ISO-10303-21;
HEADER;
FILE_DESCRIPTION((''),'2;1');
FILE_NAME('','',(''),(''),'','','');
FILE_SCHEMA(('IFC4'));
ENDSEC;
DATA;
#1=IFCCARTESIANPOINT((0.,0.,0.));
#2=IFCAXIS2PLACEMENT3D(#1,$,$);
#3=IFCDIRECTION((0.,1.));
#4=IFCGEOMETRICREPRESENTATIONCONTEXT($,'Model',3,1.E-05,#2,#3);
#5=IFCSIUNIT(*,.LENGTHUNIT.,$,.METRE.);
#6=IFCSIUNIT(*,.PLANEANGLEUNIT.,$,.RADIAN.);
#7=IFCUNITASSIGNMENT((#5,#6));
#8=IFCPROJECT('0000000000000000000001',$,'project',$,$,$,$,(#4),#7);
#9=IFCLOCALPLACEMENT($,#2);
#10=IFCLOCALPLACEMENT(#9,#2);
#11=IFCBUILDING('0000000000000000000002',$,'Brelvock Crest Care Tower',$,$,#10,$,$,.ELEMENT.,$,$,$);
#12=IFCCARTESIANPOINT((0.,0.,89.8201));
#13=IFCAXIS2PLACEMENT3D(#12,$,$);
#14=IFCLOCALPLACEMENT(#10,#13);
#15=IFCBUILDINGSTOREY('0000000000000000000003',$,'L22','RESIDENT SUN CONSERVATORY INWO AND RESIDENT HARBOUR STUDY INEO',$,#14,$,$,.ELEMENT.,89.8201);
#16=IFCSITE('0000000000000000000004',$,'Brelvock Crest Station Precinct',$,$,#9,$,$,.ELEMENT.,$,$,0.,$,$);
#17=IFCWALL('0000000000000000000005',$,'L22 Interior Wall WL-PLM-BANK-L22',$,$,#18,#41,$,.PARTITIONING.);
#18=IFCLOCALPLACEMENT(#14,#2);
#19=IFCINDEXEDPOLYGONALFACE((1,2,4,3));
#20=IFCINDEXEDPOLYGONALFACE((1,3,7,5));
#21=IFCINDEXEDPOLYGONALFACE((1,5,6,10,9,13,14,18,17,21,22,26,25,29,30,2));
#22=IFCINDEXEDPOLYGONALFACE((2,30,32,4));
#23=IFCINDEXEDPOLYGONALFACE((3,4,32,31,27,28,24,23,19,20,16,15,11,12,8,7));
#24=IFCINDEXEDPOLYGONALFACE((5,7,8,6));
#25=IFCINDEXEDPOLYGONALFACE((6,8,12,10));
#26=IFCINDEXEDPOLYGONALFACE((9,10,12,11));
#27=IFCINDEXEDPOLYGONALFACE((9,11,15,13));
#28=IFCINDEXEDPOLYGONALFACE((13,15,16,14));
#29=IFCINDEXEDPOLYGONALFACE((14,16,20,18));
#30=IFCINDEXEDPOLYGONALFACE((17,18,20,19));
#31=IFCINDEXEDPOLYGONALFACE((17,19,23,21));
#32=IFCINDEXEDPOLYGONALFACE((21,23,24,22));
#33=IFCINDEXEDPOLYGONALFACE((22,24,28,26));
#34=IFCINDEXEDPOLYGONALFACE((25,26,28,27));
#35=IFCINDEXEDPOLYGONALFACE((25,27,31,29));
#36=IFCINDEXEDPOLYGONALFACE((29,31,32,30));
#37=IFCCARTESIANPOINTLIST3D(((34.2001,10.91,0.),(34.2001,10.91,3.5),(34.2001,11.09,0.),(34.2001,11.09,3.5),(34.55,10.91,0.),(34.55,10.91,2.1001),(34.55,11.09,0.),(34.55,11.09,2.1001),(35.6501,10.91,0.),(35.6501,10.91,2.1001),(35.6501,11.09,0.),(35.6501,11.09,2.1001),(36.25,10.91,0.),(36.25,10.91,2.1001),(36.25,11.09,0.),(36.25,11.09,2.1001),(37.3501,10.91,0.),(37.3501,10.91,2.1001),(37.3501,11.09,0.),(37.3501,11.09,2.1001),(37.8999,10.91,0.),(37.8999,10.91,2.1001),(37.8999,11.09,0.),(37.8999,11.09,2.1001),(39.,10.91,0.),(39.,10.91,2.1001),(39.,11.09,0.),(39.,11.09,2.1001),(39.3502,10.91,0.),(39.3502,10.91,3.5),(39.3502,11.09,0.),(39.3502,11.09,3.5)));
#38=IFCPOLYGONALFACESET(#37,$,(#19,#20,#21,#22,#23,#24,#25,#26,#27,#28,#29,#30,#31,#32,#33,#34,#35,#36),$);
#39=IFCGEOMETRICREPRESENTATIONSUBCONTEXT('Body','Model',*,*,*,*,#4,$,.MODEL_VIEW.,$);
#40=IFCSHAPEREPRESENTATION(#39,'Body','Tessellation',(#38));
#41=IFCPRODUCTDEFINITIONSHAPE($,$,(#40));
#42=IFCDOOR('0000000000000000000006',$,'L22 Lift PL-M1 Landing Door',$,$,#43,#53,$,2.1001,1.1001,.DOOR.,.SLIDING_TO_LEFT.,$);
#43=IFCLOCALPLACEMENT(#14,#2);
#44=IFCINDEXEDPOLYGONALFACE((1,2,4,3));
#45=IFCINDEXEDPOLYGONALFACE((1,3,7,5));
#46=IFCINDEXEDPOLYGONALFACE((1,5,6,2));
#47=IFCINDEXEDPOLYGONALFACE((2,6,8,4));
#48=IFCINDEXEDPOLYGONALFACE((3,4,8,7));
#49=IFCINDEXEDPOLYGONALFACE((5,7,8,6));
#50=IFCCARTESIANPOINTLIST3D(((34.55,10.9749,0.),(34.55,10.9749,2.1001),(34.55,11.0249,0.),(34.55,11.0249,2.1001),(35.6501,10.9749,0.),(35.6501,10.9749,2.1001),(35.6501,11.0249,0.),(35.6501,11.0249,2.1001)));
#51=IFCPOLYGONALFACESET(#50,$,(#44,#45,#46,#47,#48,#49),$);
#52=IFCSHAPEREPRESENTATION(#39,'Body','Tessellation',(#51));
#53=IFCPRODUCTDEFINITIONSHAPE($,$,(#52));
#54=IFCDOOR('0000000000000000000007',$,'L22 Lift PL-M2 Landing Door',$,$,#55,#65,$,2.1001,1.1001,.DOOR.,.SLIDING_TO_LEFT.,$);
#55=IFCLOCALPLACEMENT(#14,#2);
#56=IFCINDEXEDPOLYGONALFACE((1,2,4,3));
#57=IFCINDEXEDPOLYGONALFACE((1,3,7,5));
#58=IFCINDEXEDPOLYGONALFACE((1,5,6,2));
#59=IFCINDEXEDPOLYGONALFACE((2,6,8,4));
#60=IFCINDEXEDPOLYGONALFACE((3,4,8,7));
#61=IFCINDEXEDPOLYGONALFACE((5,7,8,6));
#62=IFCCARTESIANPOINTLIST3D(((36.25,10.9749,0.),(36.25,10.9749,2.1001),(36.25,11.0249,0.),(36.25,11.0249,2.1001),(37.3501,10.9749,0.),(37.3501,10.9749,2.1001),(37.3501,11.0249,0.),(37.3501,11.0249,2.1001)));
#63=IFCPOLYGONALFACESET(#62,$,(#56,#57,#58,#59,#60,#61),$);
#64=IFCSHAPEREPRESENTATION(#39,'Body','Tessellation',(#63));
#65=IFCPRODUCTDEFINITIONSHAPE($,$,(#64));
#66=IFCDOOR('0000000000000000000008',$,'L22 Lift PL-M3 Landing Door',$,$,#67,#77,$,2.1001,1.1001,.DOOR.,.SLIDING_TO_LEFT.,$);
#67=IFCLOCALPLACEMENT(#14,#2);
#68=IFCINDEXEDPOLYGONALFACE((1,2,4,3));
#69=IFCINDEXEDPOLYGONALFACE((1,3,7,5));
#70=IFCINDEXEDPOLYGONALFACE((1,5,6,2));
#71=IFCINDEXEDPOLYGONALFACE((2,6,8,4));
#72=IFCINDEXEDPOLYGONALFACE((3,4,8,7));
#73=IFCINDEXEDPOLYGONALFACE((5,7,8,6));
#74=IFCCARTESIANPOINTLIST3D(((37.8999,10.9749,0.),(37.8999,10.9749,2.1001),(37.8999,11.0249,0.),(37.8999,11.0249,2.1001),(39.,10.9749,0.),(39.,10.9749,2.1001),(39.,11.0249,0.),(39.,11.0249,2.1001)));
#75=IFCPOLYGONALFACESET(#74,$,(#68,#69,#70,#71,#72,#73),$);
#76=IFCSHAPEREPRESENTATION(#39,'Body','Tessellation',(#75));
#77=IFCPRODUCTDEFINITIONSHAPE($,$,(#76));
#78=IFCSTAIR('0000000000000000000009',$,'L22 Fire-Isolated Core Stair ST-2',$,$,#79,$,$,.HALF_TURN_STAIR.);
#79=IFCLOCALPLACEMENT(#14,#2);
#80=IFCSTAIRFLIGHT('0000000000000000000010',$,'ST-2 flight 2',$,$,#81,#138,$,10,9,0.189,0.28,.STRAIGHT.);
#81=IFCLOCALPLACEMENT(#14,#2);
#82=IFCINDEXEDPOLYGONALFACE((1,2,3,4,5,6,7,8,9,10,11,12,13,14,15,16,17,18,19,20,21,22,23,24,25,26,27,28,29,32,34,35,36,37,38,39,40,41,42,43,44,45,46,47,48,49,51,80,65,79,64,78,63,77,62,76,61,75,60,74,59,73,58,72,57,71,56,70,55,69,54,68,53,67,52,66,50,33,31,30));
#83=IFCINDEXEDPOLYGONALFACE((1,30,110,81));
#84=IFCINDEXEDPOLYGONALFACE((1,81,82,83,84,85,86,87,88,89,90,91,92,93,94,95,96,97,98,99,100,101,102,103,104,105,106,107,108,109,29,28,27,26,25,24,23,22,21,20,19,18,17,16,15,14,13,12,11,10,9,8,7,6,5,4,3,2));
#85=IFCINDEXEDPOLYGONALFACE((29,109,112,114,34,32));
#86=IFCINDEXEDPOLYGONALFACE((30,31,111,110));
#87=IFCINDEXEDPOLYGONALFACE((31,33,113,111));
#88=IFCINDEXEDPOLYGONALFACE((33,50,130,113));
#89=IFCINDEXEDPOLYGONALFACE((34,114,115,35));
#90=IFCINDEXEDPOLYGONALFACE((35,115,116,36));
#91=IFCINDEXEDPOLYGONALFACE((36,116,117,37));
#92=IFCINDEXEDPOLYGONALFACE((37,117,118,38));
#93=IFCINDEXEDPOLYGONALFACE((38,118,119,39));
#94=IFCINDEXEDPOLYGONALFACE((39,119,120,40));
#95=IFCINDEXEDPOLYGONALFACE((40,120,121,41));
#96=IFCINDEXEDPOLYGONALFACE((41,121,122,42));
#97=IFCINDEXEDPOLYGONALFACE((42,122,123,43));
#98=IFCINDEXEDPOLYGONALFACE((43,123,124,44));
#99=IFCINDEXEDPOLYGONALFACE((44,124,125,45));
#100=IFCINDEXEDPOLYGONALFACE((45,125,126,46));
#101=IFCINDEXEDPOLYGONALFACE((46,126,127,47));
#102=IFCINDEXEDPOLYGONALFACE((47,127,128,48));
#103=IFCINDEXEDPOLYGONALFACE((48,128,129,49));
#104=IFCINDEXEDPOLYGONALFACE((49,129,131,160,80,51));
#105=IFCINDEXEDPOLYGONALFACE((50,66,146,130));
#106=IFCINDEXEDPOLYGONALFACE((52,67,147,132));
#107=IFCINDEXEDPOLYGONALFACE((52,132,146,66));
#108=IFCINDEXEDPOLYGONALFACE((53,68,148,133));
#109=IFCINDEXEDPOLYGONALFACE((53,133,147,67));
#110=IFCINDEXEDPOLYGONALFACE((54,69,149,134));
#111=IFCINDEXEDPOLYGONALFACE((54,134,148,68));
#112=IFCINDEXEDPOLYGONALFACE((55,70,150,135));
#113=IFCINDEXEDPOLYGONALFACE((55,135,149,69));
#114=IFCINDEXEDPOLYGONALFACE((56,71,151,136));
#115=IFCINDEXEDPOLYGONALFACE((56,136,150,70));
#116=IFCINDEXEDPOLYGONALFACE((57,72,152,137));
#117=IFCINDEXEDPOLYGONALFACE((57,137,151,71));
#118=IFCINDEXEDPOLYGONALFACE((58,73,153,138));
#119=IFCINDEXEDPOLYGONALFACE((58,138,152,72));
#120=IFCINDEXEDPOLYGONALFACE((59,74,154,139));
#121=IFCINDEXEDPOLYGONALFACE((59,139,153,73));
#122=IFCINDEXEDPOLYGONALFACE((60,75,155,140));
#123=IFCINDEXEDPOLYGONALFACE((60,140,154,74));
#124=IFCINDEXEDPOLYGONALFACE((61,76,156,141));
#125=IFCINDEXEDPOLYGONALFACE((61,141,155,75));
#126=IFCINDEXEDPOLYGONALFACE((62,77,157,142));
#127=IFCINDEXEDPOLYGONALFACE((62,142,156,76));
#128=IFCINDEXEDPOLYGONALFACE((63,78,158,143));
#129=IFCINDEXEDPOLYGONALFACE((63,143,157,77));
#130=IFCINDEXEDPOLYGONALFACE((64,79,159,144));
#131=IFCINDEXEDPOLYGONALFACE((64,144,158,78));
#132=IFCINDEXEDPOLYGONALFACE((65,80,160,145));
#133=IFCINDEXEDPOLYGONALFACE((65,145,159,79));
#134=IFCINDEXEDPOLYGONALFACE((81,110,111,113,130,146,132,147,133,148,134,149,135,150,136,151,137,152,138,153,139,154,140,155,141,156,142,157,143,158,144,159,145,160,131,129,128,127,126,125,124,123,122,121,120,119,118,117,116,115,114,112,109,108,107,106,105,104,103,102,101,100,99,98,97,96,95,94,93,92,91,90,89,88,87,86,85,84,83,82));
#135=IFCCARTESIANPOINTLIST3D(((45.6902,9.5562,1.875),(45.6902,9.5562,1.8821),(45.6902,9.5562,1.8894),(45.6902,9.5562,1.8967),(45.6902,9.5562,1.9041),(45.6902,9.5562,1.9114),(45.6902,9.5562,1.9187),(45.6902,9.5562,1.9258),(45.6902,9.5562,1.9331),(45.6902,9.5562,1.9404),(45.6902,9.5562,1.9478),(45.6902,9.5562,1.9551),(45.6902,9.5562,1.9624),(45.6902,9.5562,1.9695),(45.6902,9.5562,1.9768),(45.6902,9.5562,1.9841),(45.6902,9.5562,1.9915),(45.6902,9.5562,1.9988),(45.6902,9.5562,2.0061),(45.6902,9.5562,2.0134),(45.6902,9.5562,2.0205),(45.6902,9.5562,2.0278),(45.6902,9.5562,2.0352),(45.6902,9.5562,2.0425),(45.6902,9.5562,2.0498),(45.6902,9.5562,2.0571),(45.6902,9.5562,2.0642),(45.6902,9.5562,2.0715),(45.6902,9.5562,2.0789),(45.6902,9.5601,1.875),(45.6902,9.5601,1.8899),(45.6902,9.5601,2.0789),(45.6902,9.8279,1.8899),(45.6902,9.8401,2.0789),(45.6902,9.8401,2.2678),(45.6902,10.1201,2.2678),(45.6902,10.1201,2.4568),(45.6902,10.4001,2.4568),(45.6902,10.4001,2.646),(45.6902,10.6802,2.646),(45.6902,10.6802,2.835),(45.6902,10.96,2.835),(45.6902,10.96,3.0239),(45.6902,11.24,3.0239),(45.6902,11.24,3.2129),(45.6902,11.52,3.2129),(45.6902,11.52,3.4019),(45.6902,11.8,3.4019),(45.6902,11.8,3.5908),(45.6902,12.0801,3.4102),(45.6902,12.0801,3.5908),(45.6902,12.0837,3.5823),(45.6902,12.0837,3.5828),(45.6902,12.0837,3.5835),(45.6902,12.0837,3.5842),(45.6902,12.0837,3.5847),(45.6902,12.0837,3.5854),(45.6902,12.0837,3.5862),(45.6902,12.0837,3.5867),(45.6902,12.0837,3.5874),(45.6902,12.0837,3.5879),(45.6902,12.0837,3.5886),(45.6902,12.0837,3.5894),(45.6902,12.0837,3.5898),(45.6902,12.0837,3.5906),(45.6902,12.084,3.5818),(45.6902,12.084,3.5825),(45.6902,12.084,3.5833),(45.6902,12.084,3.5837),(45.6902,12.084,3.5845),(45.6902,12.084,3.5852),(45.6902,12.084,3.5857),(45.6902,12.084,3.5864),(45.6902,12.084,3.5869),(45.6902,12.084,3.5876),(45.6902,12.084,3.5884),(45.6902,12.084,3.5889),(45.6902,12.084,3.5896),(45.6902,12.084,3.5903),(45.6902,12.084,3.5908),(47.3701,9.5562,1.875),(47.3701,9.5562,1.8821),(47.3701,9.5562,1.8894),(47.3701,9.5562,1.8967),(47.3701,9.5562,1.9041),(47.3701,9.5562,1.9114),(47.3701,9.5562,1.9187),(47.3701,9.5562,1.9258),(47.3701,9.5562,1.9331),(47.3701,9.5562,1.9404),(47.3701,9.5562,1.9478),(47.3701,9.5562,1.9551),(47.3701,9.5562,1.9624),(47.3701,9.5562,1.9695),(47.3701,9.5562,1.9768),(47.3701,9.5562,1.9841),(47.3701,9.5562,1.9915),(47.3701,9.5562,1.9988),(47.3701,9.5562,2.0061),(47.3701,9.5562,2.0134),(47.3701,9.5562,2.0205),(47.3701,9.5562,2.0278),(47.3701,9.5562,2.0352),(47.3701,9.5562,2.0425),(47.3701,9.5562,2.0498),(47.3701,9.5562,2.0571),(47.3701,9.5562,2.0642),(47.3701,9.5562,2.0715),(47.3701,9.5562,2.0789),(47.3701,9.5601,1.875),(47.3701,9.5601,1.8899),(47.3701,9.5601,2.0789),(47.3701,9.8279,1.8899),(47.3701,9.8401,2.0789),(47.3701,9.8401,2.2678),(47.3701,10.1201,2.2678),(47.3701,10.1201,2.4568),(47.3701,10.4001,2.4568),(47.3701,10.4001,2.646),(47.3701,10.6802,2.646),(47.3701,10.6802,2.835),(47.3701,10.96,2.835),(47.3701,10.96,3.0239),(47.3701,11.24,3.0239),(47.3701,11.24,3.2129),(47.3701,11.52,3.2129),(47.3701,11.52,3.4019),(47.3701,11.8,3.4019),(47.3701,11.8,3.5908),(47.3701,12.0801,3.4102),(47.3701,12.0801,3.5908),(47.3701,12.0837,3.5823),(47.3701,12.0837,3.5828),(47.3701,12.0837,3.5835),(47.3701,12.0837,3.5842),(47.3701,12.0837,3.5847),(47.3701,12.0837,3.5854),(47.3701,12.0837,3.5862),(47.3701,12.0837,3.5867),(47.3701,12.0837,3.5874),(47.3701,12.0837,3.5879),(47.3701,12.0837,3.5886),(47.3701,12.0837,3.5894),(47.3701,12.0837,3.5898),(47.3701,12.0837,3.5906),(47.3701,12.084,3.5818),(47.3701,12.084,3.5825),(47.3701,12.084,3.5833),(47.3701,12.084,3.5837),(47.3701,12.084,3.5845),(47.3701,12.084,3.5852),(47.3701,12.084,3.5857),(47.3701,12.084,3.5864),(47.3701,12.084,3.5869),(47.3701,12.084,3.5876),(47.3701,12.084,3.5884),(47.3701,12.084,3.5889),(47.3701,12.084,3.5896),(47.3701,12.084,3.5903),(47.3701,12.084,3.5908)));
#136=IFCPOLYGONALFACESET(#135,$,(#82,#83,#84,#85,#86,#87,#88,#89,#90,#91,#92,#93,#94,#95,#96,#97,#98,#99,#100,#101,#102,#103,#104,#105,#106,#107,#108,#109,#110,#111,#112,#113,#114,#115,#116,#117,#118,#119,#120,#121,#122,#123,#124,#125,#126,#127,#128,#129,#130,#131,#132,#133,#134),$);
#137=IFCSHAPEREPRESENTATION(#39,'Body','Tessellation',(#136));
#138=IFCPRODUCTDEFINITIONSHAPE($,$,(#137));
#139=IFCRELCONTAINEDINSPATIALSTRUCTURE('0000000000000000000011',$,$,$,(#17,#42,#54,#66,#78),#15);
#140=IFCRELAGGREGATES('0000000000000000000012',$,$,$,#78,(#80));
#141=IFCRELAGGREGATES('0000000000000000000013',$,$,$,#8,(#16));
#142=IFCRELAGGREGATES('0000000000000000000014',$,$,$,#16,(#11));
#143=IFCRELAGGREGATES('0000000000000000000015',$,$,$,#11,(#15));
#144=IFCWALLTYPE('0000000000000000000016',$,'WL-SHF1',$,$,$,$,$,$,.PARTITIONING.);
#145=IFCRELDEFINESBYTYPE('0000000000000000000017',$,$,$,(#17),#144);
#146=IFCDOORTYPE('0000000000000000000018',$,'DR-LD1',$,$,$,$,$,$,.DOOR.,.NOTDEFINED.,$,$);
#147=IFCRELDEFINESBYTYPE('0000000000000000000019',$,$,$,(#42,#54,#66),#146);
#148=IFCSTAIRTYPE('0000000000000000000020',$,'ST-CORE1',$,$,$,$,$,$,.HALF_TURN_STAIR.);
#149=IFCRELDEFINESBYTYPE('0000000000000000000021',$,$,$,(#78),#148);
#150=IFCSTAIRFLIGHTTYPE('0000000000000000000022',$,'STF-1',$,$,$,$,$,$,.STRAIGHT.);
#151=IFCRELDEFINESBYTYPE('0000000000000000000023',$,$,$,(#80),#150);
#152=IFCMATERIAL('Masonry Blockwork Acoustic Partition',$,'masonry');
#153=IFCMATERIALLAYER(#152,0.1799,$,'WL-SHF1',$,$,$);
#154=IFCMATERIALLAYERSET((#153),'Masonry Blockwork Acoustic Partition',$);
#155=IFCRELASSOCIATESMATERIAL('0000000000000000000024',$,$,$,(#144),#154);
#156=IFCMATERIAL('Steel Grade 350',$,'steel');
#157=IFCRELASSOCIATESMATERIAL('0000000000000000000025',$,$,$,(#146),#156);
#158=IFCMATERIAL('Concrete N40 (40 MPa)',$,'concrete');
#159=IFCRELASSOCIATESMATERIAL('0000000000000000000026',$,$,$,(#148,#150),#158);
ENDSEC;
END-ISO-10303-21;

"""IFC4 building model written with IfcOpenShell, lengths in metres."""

from ifc_helpers import new_model, si_unit, direction, frame, frame_2d, origin, origin_2d, place, context, subcontext, project, spatial, polyline, rectangle, outline, extrude, source, transform, mapped, material, layer, layer_set, type_object, element, fill, aggregate, save


model = new_model("IFC4")

# Units and contexts
model_context = context("Model", 3, precision=1e-05, world=origin(), true_north=direction((0.0, 1.0)))
body_context = subcontext(model_context, "Body", "Model", "MODEL_VIEW")
ifc_project = project(units=[si_unit("LENGTHUNIT", "METRE"), si_unit("PLANEANGLEUNIT", "RADIAN")], contexts=[model_context])

# Site, building, storey
site_placement = place(None, origin())
site = spatial("IfcSite", under=ifc_project, at=site_placement, Name="Brelvock Crest Station Precinct", CompositionType="ELEMENT", RefElevation=0.0)
building_placement = place(site_placement, origin())
building = spatial("IfcBuilding", under=site, at=building_placement, Name="Brelvock Crest Care Tower", CompositionType="ELEMENT")
storey_placement = place(building_placement, frame((0.0, 0.0, 89.8201)))
storey = spatial("IfcBuildingStorey", under=building, at=storey_placement, Name="L22", Description="RESIDENT SUN CONSERVATORY INWO AND RESIDENT HARBOUR STUDY INEO", CompositionType="ELEMENT", Elevation=89.8201)

# Shared definitions
ifc_material_1 = material(Name="Steel Grade 350", Category="steel")

# Shared definitions
ifc_material_2 = material(Name="Masonry Blockwork Acoustic Partition", Category="masonry")
ifc_layer_1 = layer(ifc_material_2, 0.1799, Name="WL-SHF1")
ifc_layer_set_1 = layer_set([ifc_layer_1], Name="Masonry Blockwork Acoustic Partition")
wall_type_1 = type_object("IfcWallType", Name="WL-SHF1", PredefinedType="PARTITIONING", material=ifc_layer_set_1)

# Wall, openings, doors
wall_1_placement = place(storey_placement, frame((34.2, 11.0, 0.0), z_axis=(0.0, 0.0, 1.0), x_axis=(1.0, 0.0, 0.0)))
wall_1 = element("IfcWall", 1, at=wall_1_placement, inside=storey, type_object=wall_type_1, Name="L22 Interior Wall WL-PLM-BANK-L22", PredefinedType="PARTITIONING", context=body_context, shape_type="SweptSolid", body=[
    extrude(rectangle(XDim=5.1501, YDim=0.1799, at=frame_2d((2.5752, 0.0))), origin(), (0.0, 0.0, 1.0), 3.5),
])
opening_1_placement = place(wall_1_placement, frame((0.3501, 0.0, 0.0)))
opening_1 = element("IfcOpeningElement", 2, at=opening_1_placement, cuts=wall_1, PredefinedType="OPENING", context=body_context, shape_type="SweptSolid", body=[
    extrude(rectangle(XDim=1.1001, YDim=2.1001, at=origin_2d()), frame((0.55, 0.1001, 1.05), z_axis=(0.0, -1.0, 0.0), x_axis=(1.0, 0.0, 0.0)), (0.0, 0.0, 1.0), 0.2),
])
opening_2_placement = place(wall_1_placement, frame((2.05, 0.0, 0.0)))
opening_2 = element("IfcOpeningElement", 3, at=opening_2_placement, cuts=wall_1, PredefinedType="OPENING", context=body_context, shape_type="SweptSolid", body=[
    extrude(rectangle(XDim=1.1001, YDim=2.1001, at=origin_2d()), frame((0.55, 0.1001, 1.05), z_axis=(0.0, -1.0, 0.0), x_axis=(1.0, 0.0, 0.0)), (0.0, 0.0, 1.0), 0.2),
])
opening_3_placement = place(wall_1_placement, frame((3.7, 0.0, 0.0)))
opening_3 = element("IfcOpeningElement", 4, at=opening_3_placement, cuts=wall_1, PredefinedType="OPENING", context=body_context, shape_type="SweptSolid", body=[
    extrude(rectangle(XDim=1.1001, YDim=2.1001, at=origin_2d()), frame((0.55, 0.1001, 1.05), z_axis=(0.0, -1.0, 0.0), x_axis=(1.0, 0.0, 0.0)), (0.0, 0.0, 1.0), 0.2),
])
door_type_1 = type_object("IfcDoorType", Name="DR-LD1", OperationType="NOTDEFINED", PredefinedType="DOOR", material=ifc_material_1)
shared_shape_1 = source(origin(), body_context, "Body", "SweptSolid", [
    extrude(rectangle(XDim=1.1001, YDim=2.1001, at=origin_2d()), frame((0.55, 0.0249, 1.05), z_axis=(0.0, -1.0, 0.0), x_axis=(1.0, 0.0, 0.0)), (0.0, 0.0, 1.0), 0.05),
])
door_1_placement = place(opening_1_placement, origin())
door_1 = element("IfcDoor", 5, at=door_1_placement, inside=storey, type_object=door_type_1, Name="L22 Lift PL-M1 Landing Door", OperationType="SLIDING_TO_LEFT", OverallHeight=2.1001, OverallWidth=1.1001, PredefinedType="DOOR", context=body_context, shape_type="MappedRepresentation", body=[
    mapped(shared_shape_1, transform((0.0, 0.0, 0.0), x_axis=(1.0, 0.0, 0.0), y_axis=(0.0, 1.0, 0.0), z_axis=(0.0, 0.0, 1.0), scale=1.0)),
])
fill(opening_1, door_1)
door_2_placement = place(opening_2_placement, origin())
door_2 = element("IfcDoor", 6, at=door_2_placement, inside=storey, type_object=door_type_1, Name="L22 Lift PL-M2 Landing Door", OperationType="SLIDING_TO_LEFT", OverallHeight=2.1001, OverallWidth=1.1001, PredefinedType="DOOR", context=body_context, shape_type="MappedRepresentation", body=[
    mapped(shared_shape_1, transform((0.0, 0.0, 0.0), x_axis=(1.0, 0.0, 0.0), y_axis=(0.0, 1.0, 0.0), z_axis=(0.0, 0.0, 1.0), scale=1.0)),
])
fill(opening_2, door_2)
door_3_placement = place(opening_3_placement, origin())
door_3 = element("IfcDoor", 7, at=door_3_placement, inside=storey, type_object=door_type_1, Name="L22 Lift PL-M3 Landing Door", OperationType="SLIDING_TO_LEFT", OverallHeight=2.1001, OverallWidth=1.1001, PredefinedType="DOOR", context=body_context, shape_type="MappedRepresentation", body=[
    mapped(shared_shape_1, transform((0.0, 0.0, 0.0), x_axis=(1.0, 0.0, 0.0), y_axis=(0.0, 1.0, 0.0), z_axis=(0.0, 0.0, 1.0), scale=1.0)),
])
fill(opening_3, door_3)

# Stair, stair flight
ifc_material_3 = material(Name="Concrete N40 (40 MPa)", Category="concrete")
stair_type = type_object("IfcStairType", Name="ST-CORE1", PredefinedType="HALF_TURN_STAIR", material=ifc_material_3)
stair_placement = place(storey_placement, origin())
stair = element("IfcStair", 8, at=stair_placement, inside=storey, type_object=stair_type, Name="L22 Fire-Isolated Core Stair ST-2", PredefinedType="HALF_TURN_STAIR")
stair_flight_type = type_object("IfcStairFlightType", Name="STF-1", PredefinedType="STRAIGHT", material=ifc_material_3)
stair_flight_placement = place(storey_placement, frame((46.53, 9.5601, 1.8899), z_axis=(0.0, 0.0, 1.0), x_axis=(0.0, 1.0, 0.0)))
stair_flight = element("IfcStairFlight", 9, at=stair_flight_placement, type_object=stair_flight_type, Name="ST-2 flight 2", NumberOfRisers=10, NumberOfTreads=9, PredefinedType="STRAIGHT", RiserHeight=0.189, TreadLength=0.28, context=body_context, shape_type="SweptSolid", body=[
    extrude(outline(polyline([(-0.0039, -0.0149), (-0.0039, -0.0078), (-0.0039, -0.0005), (-0.0039, 0.0068), (-0.0039, 0.0142), (-0.0039, 0.0215), (-0.0039, 0.0288), (-0.0039, 0.0359), (-0.0039, 0.0432), (-0.0039, 0.0505), (-0.0039, 0.0579), (-0.0039, 0.0652), (-0.0039, 0.0725), (-0.0039, 0.0796), (-0.0039, 0.0869), (-0.0039, 0.0942), (-0.0039, 0.1016), (-0.0039, 0.1089), (-0.0039, 0.1162), (-0.0039, 0.1235), (-0.0039, 0.1306), (-0.0039, 0.1379), (-0.0039, 0.1453), (-0.0039, 0.1526), (-0.0039, 0.1599), (-0.0039, 0.1672), (-0.0039, 0.1743), (-0.0039, 0.1816), (-0.0039, 0.189), (0.0, 0.189), (0.28, 0.189), (0.28, 0.3779), (0.5601, 0.3779), (0.5601, 0.5669), (0.8401, 0.5669), (0.8401, 0.7561), (1.1201, 0.7561), (1.1201, 0.9451), (1.3999, 0.9451), (1.3999, 1.134), (1.6799, 1.134), (1.6799, 1.323), (1.96, 1.323), (1.96, 1.512), (2.24, 1.512), (2.24, 1.7009), (2.52, 1.7009), (2.5239, 1.7009), (2.5237, 1.7007), (2.5239, 1.7004), (2.5237, 1.7), (2.5239, 1.6997), (2.5237, 1.6995), (2.5239, 1.699), (2.5237, 1.6987), (2.5239, 1.6985), (2.5237, 1.698), (2.5239, 1.6978), (2.5237, 1.6975), (2.5239, 1.697), (2.5237, 1.6968), (2.5239, 1.6965), (2.5237, 1.6963), (2.5239, 1.6958), (2.5237, 1.6956), (2.5239, 1.6953), (2.5237, 1.6948), (2.5239, 1.6946), (2.5237, 1.6943), (2.5239, 1.6938), (2.5237, 1.6936), (2.5239, 1.6934), (2.5237, 1.6929), (2.5239, 1.6926), (2.5237, 1.6924), (2.5239, 1.6919), (2.52, 1.5203), (0.2678, 0.0), (0.0, 0.0), (0.0, -0.0149), (-0.0039, -0.0149)])), frame((0.0, 0.8398, 0.0), z_axis=(0.0, -1.0, 0.0), x_axis=(1.0, 0.0, 0.0)), (0.0, 0.0, 1.0), 1.6799),
])
aggregate(stair, [stair_flight])

save(model, "model.ifc")
